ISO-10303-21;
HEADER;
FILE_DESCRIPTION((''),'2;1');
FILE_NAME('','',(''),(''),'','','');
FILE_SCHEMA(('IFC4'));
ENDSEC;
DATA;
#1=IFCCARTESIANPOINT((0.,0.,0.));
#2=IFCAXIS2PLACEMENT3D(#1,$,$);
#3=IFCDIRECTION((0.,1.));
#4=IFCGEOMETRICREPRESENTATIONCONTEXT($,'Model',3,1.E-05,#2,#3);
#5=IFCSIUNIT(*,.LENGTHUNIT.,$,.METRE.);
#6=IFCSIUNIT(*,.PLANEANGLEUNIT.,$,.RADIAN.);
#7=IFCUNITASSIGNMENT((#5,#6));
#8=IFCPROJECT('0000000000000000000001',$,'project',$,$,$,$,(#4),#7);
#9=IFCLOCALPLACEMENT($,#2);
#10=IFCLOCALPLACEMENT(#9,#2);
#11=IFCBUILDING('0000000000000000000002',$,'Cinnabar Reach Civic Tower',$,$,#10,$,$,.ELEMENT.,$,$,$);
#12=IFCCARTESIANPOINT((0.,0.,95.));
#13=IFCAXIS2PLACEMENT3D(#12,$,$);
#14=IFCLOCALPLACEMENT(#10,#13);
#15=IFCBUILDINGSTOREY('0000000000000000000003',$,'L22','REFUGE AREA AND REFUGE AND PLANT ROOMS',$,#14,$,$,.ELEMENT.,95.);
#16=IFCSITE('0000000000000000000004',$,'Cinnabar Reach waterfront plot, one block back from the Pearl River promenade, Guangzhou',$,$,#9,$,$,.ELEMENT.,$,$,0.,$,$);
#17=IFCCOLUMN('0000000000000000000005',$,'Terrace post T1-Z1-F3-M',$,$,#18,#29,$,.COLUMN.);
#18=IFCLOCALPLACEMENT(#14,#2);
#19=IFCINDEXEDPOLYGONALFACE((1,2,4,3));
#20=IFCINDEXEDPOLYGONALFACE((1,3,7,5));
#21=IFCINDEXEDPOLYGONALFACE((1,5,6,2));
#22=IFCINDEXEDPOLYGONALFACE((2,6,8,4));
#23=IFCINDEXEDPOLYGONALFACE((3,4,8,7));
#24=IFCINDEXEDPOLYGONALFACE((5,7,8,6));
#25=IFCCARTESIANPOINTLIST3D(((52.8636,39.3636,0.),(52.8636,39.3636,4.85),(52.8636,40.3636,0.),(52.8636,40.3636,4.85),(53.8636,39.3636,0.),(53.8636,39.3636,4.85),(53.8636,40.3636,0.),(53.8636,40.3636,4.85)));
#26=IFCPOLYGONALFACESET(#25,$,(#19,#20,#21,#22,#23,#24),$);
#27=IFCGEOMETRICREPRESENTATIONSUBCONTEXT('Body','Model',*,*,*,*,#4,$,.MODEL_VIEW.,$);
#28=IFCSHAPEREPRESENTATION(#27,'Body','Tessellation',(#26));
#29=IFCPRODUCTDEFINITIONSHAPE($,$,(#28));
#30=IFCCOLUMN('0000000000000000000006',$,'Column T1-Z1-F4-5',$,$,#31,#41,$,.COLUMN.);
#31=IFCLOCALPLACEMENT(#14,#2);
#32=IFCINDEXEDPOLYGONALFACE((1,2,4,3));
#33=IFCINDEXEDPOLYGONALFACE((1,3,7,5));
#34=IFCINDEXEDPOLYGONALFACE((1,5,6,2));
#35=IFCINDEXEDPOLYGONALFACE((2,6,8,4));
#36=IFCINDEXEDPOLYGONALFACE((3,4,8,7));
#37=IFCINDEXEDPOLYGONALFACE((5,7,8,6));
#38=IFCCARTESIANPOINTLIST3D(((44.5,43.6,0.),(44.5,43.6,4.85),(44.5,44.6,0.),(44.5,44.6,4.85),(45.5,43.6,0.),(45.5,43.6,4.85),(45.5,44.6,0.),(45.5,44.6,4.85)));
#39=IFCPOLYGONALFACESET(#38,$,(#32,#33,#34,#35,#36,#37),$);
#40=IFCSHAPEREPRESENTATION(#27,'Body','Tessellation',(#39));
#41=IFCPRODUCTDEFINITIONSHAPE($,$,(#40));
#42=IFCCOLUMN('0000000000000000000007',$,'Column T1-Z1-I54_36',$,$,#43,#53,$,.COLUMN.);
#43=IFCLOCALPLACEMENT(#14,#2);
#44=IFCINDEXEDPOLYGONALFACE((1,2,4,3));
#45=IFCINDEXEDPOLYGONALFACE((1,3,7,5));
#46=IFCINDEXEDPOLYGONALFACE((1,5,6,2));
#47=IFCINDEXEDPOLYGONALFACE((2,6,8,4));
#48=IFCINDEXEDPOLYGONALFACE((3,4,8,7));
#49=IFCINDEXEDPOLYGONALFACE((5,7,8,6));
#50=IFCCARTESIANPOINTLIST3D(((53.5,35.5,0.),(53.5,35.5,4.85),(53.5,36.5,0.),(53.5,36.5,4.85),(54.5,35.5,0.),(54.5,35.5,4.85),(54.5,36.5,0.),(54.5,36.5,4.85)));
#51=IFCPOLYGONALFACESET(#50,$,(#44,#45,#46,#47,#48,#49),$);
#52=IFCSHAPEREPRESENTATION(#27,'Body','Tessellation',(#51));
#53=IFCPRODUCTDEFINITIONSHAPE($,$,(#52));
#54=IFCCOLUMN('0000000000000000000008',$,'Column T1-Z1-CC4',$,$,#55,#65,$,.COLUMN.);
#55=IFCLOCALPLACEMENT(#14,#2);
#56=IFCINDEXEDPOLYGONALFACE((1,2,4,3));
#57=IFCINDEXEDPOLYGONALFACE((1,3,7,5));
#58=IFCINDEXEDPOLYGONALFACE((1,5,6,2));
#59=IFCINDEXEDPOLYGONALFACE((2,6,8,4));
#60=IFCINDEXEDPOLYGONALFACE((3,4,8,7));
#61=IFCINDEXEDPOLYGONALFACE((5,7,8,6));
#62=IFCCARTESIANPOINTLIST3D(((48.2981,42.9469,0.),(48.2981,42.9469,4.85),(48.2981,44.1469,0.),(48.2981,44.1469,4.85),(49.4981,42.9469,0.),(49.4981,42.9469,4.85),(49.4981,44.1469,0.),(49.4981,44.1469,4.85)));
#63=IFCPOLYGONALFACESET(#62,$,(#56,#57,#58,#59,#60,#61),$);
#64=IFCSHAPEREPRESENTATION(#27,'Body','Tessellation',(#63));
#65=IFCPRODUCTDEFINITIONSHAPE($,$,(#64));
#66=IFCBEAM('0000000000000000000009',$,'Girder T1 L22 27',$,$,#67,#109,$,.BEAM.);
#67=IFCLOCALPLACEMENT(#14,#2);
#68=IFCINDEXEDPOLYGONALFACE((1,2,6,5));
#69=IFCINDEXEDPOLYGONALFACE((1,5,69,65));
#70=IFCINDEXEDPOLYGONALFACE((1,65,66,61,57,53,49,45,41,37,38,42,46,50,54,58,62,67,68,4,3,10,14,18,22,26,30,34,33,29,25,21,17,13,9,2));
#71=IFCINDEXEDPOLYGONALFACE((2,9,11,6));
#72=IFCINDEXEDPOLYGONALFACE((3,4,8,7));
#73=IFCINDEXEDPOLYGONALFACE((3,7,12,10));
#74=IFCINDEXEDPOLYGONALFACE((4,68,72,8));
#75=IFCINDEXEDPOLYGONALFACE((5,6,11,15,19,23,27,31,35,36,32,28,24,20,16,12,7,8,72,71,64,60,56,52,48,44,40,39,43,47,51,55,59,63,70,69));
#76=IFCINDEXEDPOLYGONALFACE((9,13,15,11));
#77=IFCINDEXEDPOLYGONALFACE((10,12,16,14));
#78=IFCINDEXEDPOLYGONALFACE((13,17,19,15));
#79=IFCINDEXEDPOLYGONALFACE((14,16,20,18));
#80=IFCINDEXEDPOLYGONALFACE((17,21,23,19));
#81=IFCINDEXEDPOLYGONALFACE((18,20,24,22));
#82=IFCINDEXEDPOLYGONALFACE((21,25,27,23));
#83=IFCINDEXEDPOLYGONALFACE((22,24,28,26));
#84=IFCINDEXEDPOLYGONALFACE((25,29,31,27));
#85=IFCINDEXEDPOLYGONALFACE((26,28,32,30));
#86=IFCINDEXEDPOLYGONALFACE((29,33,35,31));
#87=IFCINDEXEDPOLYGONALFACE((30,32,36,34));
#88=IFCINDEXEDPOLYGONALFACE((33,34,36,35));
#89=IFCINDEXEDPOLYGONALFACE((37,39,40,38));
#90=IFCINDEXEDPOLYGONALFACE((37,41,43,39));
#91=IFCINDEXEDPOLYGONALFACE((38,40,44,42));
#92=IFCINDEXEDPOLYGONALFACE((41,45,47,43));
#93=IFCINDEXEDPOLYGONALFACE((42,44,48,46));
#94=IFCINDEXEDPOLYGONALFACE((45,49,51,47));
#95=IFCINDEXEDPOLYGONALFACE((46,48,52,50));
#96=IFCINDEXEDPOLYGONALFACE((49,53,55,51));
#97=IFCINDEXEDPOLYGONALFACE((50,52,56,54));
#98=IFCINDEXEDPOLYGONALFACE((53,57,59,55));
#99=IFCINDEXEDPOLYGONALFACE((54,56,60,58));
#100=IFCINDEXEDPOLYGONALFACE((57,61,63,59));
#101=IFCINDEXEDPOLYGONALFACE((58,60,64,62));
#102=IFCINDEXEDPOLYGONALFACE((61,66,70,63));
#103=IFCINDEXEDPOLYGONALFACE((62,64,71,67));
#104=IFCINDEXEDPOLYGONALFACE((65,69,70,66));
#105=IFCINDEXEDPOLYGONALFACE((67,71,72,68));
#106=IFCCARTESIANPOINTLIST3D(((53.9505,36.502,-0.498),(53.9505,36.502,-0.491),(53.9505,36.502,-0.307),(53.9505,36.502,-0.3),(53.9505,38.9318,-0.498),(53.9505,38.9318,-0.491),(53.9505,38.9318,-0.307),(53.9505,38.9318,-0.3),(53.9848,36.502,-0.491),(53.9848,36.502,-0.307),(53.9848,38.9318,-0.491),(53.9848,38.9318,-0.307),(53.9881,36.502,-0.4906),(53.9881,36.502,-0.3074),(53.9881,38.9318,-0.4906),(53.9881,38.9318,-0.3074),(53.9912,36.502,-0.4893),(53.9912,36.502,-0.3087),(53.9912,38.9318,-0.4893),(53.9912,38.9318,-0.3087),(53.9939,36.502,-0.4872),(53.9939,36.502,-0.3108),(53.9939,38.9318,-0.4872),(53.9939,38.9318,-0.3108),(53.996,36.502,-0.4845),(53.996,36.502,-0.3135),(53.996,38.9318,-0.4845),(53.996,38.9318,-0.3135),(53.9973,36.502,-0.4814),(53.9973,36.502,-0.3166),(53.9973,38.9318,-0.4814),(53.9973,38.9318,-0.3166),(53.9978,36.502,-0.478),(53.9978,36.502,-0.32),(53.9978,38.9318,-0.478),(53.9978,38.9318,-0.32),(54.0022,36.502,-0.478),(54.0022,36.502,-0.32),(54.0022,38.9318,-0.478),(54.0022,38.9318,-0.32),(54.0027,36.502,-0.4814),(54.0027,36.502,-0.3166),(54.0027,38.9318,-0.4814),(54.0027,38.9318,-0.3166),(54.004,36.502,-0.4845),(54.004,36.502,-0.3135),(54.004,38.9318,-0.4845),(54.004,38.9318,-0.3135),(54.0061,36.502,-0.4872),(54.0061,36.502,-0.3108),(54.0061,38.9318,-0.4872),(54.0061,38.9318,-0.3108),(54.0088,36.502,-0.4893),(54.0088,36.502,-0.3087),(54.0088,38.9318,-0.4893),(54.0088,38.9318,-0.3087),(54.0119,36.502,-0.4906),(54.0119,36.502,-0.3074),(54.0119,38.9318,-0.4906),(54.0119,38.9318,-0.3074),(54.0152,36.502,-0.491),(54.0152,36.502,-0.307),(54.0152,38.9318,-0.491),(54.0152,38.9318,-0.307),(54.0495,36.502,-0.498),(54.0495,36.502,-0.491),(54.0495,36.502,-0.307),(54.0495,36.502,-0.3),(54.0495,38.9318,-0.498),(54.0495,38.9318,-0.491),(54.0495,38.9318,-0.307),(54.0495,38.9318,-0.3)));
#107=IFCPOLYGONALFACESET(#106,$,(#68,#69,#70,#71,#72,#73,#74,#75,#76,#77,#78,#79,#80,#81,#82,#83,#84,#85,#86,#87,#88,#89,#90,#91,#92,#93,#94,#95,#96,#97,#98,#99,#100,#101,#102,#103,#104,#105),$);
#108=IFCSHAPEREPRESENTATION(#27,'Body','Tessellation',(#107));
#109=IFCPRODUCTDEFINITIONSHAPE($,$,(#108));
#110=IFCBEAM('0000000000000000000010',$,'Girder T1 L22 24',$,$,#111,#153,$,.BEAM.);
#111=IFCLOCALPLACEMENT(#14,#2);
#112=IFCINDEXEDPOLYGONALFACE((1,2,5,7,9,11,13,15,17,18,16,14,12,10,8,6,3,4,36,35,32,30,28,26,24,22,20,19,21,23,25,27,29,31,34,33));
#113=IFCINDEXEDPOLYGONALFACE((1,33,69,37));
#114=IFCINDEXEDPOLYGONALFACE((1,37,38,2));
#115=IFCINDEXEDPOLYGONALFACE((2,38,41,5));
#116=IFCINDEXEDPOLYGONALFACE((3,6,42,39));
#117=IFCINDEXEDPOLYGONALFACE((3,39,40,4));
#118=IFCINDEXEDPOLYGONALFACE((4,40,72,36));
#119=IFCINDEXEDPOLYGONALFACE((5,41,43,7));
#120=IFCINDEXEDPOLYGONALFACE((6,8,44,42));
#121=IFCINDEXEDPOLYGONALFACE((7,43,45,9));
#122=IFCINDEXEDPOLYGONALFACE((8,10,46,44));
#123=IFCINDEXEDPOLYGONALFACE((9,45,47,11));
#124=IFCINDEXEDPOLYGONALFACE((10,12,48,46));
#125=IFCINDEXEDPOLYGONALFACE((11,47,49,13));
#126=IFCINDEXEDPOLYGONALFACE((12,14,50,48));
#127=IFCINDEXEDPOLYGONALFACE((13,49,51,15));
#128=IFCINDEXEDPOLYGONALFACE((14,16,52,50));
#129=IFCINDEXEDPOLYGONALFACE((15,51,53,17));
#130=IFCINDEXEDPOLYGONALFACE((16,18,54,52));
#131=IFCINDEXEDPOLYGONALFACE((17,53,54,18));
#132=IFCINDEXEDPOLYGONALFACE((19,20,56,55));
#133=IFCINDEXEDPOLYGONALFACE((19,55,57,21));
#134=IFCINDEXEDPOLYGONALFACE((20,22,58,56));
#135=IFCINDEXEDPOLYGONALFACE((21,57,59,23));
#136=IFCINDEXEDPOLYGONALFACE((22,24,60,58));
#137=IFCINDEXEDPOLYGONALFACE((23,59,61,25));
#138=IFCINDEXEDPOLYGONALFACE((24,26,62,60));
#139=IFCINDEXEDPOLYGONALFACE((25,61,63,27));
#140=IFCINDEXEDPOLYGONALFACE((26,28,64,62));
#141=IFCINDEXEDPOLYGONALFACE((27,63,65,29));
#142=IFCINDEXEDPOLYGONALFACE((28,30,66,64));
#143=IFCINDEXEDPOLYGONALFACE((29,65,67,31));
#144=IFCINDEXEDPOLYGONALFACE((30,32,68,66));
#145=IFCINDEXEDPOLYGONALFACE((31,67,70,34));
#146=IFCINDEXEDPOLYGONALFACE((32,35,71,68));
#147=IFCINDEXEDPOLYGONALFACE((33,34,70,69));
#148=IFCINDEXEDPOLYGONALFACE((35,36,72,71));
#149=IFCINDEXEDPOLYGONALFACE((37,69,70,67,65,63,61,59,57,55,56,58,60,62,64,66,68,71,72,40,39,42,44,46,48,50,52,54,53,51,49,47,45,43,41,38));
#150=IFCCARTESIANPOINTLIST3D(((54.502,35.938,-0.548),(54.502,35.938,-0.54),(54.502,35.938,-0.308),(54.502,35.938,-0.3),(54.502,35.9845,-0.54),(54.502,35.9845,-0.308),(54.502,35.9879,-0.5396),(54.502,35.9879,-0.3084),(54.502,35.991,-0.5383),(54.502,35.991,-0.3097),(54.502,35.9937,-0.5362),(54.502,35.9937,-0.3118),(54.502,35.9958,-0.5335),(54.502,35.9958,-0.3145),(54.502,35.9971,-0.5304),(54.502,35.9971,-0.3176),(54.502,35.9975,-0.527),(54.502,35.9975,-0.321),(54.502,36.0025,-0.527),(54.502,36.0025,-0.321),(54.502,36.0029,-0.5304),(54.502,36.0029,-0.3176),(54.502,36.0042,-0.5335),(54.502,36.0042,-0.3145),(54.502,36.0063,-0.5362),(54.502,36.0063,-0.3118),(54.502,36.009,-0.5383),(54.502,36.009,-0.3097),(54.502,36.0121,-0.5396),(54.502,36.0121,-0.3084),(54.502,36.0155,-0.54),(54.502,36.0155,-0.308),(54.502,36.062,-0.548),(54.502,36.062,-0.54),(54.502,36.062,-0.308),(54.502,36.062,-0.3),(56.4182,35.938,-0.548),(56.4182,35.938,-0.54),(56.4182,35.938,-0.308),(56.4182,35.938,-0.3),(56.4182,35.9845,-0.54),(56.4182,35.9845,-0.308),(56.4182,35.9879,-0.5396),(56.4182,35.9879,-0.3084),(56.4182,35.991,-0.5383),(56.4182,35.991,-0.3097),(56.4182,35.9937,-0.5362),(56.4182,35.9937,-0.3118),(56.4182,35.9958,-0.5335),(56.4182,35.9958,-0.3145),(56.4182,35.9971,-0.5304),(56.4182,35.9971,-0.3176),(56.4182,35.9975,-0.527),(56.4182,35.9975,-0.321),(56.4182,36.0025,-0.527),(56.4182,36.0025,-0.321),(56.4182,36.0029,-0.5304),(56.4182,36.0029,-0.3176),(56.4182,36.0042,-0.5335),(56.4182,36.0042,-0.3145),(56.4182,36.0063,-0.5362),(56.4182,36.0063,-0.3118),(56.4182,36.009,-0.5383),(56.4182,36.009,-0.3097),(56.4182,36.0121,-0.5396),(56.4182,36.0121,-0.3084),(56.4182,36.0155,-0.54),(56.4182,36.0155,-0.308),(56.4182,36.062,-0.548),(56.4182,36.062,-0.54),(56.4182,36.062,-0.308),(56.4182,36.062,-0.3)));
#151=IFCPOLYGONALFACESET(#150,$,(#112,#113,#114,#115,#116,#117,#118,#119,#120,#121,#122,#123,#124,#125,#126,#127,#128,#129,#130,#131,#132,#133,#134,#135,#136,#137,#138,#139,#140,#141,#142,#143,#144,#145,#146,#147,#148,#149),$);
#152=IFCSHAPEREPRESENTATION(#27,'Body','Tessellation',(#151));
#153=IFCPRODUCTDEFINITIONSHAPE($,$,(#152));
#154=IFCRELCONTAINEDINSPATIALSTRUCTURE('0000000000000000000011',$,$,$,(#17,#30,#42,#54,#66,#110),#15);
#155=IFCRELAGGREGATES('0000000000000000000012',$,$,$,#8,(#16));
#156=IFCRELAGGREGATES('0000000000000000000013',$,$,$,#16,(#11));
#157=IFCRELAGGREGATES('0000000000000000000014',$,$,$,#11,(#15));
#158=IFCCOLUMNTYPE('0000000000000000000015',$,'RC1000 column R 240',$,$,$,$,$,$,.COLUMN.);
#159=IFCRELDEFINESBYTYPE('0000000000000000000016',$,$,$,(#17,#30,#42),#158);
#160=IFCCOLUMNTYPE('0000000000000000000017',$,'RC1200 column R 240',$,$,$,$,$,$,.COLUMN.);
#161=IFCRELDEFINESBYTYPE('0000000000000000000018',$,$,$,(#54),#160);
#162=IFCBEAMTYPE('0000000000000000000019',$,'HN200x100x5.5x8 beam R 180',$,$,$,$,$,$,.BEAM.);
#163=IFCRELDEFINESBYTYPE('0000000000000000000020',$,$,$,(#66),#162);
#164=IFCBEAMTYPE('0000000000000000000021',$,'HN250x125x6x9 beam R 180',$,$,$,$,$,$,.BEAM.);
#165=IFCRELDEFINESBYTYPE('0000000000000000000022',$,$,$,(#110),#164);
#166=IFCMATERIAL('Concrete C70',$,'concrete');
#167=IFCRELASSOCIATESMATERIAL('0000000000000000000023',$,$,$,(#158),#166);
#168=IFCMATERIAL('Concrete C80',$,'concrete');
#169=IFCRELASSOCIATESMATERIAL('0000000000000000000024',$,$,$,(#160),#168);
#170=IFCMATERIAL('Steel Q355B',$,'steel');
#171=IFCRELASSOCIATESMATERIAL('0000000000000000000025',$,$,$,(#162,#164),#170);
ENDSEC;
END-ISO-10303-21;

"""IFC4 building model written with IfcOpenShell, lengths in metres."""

from ifc_helpers import new_model, si_unit, direction, frame, origin, origin_2d, place, context, subcontext, project, spatial, rectangle, i_section, extrude, material, material_profile, profile_set, type_object, element, save


model = new_model("IFC4")

# Units and contexts
model_context = context("Model", 3, precision=1e-05, world=origin(), true_north=direction((0.0, 1.0)))
body_context = subcontext(model_context, "Body", "Model", "MODEL_VIEW")
ifc_project = project(units=[si_unit("LENGTHUNIT", "METRE"), si_unit("PLANEANGLEUNIT", "RADIAN")], contexts=[model_context])

# Site, building, storey
site_placement = place(None, origin())
site = spatial("IfcSite", under=ifc_project, at=site_placement, Name="Cinnabar Reach waterfront plot, one block back from the Pearl River promenade, Guangzhou", CompositionType="ELEMENT", RefElevation=0.0)
building_placement = place(site_placement, origin())
building = spatial("IfcBuilding", under=site, at=building_placement, Name="Cinnabar Reach Civic Tower", CompositionType="ELEMENT")
storey_placement = place(building_placement, frame((0.0, 0.0, 95.0)))
storey = spatial("IfcBuildingStorey", under=building, at=storey_placement, Name="L22", Description="REFUGE AREA AND REFUGE AND PLANT ROOMS", CompositionType="ELEMENT", Elevation=95.0)

# Columns
ifc_material_1 = material(Name="Concrete C70", Category="concrete")
ifc_material_profile_1 = material_profile(ifc_material_1, rectangle(XDim=1.0, YDim=1.0, at=origin_2d()), Name="RC1000")
ifc_profile_set_1 = profile_set([ifc_material_profile_1], Name="Concrete C70")
column_type_1 = type_object("IfcColumnType", Name="RC1000 column R 240", PredefinedType="COLUMN", material=ifc_profile_set_1)
for number, where, z_axis, x_axis, name in (
    (1, (53.3636, 39.8636, 0.0), (0.0, 0.0, 1.0), (1.0, 0.0, 0.0), "Terrace post T1-Z1-F3-M"),
    (2, (45.0, 44.1, 0.0), (0.0, 0.0, 1.0), (1.0, 0.0, 0.0), "Column T1-Z1-F4-5"),
    (3, (54.0, 36.0, 0.0), (0.0, 0.0, 1.0), (1.0, 0.0, 0.0), "Column T1-Z1-I54_36"),
):
    element("IfcColumn", number, at=place(storey_placement, frame(where, z_axis=z_axis, x_axis=x_axis)), inside=storey, type_object=column_type_1, Name=name, PredefinedType="COLUMN", context=body_context, shape_type="SweptSolid", body=[
        extrude(rectangle(XDim=1.0, YDim=1.0, at=origin_2d()), origin(), (0.0, 0.0, 1.0), 4.85),
    ])
ifc_material_2 = material(Name="Concrete C80", Category="concrete")
ifc_material_profile_2 = material_profile(ifc_material_2, rectangle(XDim=1.2, YDim=1.2, at=origin_2d()), Name="RC1200")
ifc_profile_set_2 = profile_set([ifc_material_profile_2], Name="Concrete C80")
column_type_2 = type_object("IfcColumnType", Name="RC1200 column R 240", PredefinedType="COLUMN", material=ifc_profile_set_2)
column_placement = place(storey_placement, frame((48.8981, 43.5469, 0.0), z_axis=(0.0, 0.0, 1.0), x_axis=(1.0, 0.0, 0.0)))
element("IfcColumn", 4, at=column_placement, inside=storey, type_object=column_type_2, Name="Column T1-Z1-CC4", PredefinedType="COLUMN", context=body_context, shape_type="SweptSolid", body=[
    extrude(rectangle(XDim=1.2, YDim=1.2, at=origin_2d()), origin(), (0.0, 0.0, 1.0), 4.85),
])

# Beams
ifc_material_3 = material(Name="Steel Q355B", Category="steel")
ifc_material_profile_3 = material_profile(ifc_material_3, i_section(OverallWidth=0.099, OverallDepth=0.198, WebThickness=0.0045, FlangeThickness=0.007, FilletRadius=0.013, at=origin_2d()), Name="HN200x100x5.5x8")
ifc_profile_set_3 = profile_set([ifc_material_profile_3], Name="Steel Q355B")
beam_type_1 = type_object("IfcBeamType", Name="HN200x100x5.5x8 beam R 180", PredefinedType="BEAM", material=ifc_profile_set_3)
beam_1_placement = place(storey_placement, frame((54.0, 36.502, -0.399), z_axis=(0.0, 1.0, 0.0), x_axis=(-1.0, 0.0, 0.0)))
element("IfcBeam", 5, at=beam_1_placement, inside=storey, type_object=beam_type_1, Name="Girder T1 L22 27", PredefinedType="BEAM", context=body_context, shape_type="SweptSolid", body=[
    extrude(i_section(OverallWidth=0.099, OverallDepth=0.198, WebThickness=0.0045, FlangeThickness=0.007, FilletRadius=0.013, at=origin_2d()), origin(), (0.0, 0.0, 1.0), 2.4298),
])
ifc_material_profile_4 = material_profile(ifc_material_3, i_section(OverallWidth=0.124, OverallDepth=0.248, WebThickness=0.005, FlangeThickness=0.008, FilletRadius=0.013, at=origin_2d()), Name="HN250x125x6x9")
ifc_profile_set_4 = profile_set([ifc_material_profile_4], Name="Steel Q355B")
beam_type_2 = type_object("IfcBeamType", Name="HN250x125x6x9 beam R 180", PredefinedType="BEAM", material=ifc_profile_set_4)
beam_2_placement = place(storey_placement, frame((54.502, 36.0, -0.424), z_axis=(1.0, 0.0, 0.0), x_axis=(0.0, 1.0, 0.0)))
element("IfcBeam", 6, at=beam_2_placement, inside=storey, type_object=beam_type_2, Name="Girder T1 L22 24", PredefinedType="BEAM", context=body_context, shape_type="SweptSolid", body=[
    extrude(i_section(OverallWidth=0.124, OverallDepth=0.248, WebThickness=0.005, FlangeThickness=0.008, FilletRadius=0.013, at=origin_2d()), origin(), (0.0, 0.0, 1.0), 1.9162),
])

save(model, "model.ifc")
